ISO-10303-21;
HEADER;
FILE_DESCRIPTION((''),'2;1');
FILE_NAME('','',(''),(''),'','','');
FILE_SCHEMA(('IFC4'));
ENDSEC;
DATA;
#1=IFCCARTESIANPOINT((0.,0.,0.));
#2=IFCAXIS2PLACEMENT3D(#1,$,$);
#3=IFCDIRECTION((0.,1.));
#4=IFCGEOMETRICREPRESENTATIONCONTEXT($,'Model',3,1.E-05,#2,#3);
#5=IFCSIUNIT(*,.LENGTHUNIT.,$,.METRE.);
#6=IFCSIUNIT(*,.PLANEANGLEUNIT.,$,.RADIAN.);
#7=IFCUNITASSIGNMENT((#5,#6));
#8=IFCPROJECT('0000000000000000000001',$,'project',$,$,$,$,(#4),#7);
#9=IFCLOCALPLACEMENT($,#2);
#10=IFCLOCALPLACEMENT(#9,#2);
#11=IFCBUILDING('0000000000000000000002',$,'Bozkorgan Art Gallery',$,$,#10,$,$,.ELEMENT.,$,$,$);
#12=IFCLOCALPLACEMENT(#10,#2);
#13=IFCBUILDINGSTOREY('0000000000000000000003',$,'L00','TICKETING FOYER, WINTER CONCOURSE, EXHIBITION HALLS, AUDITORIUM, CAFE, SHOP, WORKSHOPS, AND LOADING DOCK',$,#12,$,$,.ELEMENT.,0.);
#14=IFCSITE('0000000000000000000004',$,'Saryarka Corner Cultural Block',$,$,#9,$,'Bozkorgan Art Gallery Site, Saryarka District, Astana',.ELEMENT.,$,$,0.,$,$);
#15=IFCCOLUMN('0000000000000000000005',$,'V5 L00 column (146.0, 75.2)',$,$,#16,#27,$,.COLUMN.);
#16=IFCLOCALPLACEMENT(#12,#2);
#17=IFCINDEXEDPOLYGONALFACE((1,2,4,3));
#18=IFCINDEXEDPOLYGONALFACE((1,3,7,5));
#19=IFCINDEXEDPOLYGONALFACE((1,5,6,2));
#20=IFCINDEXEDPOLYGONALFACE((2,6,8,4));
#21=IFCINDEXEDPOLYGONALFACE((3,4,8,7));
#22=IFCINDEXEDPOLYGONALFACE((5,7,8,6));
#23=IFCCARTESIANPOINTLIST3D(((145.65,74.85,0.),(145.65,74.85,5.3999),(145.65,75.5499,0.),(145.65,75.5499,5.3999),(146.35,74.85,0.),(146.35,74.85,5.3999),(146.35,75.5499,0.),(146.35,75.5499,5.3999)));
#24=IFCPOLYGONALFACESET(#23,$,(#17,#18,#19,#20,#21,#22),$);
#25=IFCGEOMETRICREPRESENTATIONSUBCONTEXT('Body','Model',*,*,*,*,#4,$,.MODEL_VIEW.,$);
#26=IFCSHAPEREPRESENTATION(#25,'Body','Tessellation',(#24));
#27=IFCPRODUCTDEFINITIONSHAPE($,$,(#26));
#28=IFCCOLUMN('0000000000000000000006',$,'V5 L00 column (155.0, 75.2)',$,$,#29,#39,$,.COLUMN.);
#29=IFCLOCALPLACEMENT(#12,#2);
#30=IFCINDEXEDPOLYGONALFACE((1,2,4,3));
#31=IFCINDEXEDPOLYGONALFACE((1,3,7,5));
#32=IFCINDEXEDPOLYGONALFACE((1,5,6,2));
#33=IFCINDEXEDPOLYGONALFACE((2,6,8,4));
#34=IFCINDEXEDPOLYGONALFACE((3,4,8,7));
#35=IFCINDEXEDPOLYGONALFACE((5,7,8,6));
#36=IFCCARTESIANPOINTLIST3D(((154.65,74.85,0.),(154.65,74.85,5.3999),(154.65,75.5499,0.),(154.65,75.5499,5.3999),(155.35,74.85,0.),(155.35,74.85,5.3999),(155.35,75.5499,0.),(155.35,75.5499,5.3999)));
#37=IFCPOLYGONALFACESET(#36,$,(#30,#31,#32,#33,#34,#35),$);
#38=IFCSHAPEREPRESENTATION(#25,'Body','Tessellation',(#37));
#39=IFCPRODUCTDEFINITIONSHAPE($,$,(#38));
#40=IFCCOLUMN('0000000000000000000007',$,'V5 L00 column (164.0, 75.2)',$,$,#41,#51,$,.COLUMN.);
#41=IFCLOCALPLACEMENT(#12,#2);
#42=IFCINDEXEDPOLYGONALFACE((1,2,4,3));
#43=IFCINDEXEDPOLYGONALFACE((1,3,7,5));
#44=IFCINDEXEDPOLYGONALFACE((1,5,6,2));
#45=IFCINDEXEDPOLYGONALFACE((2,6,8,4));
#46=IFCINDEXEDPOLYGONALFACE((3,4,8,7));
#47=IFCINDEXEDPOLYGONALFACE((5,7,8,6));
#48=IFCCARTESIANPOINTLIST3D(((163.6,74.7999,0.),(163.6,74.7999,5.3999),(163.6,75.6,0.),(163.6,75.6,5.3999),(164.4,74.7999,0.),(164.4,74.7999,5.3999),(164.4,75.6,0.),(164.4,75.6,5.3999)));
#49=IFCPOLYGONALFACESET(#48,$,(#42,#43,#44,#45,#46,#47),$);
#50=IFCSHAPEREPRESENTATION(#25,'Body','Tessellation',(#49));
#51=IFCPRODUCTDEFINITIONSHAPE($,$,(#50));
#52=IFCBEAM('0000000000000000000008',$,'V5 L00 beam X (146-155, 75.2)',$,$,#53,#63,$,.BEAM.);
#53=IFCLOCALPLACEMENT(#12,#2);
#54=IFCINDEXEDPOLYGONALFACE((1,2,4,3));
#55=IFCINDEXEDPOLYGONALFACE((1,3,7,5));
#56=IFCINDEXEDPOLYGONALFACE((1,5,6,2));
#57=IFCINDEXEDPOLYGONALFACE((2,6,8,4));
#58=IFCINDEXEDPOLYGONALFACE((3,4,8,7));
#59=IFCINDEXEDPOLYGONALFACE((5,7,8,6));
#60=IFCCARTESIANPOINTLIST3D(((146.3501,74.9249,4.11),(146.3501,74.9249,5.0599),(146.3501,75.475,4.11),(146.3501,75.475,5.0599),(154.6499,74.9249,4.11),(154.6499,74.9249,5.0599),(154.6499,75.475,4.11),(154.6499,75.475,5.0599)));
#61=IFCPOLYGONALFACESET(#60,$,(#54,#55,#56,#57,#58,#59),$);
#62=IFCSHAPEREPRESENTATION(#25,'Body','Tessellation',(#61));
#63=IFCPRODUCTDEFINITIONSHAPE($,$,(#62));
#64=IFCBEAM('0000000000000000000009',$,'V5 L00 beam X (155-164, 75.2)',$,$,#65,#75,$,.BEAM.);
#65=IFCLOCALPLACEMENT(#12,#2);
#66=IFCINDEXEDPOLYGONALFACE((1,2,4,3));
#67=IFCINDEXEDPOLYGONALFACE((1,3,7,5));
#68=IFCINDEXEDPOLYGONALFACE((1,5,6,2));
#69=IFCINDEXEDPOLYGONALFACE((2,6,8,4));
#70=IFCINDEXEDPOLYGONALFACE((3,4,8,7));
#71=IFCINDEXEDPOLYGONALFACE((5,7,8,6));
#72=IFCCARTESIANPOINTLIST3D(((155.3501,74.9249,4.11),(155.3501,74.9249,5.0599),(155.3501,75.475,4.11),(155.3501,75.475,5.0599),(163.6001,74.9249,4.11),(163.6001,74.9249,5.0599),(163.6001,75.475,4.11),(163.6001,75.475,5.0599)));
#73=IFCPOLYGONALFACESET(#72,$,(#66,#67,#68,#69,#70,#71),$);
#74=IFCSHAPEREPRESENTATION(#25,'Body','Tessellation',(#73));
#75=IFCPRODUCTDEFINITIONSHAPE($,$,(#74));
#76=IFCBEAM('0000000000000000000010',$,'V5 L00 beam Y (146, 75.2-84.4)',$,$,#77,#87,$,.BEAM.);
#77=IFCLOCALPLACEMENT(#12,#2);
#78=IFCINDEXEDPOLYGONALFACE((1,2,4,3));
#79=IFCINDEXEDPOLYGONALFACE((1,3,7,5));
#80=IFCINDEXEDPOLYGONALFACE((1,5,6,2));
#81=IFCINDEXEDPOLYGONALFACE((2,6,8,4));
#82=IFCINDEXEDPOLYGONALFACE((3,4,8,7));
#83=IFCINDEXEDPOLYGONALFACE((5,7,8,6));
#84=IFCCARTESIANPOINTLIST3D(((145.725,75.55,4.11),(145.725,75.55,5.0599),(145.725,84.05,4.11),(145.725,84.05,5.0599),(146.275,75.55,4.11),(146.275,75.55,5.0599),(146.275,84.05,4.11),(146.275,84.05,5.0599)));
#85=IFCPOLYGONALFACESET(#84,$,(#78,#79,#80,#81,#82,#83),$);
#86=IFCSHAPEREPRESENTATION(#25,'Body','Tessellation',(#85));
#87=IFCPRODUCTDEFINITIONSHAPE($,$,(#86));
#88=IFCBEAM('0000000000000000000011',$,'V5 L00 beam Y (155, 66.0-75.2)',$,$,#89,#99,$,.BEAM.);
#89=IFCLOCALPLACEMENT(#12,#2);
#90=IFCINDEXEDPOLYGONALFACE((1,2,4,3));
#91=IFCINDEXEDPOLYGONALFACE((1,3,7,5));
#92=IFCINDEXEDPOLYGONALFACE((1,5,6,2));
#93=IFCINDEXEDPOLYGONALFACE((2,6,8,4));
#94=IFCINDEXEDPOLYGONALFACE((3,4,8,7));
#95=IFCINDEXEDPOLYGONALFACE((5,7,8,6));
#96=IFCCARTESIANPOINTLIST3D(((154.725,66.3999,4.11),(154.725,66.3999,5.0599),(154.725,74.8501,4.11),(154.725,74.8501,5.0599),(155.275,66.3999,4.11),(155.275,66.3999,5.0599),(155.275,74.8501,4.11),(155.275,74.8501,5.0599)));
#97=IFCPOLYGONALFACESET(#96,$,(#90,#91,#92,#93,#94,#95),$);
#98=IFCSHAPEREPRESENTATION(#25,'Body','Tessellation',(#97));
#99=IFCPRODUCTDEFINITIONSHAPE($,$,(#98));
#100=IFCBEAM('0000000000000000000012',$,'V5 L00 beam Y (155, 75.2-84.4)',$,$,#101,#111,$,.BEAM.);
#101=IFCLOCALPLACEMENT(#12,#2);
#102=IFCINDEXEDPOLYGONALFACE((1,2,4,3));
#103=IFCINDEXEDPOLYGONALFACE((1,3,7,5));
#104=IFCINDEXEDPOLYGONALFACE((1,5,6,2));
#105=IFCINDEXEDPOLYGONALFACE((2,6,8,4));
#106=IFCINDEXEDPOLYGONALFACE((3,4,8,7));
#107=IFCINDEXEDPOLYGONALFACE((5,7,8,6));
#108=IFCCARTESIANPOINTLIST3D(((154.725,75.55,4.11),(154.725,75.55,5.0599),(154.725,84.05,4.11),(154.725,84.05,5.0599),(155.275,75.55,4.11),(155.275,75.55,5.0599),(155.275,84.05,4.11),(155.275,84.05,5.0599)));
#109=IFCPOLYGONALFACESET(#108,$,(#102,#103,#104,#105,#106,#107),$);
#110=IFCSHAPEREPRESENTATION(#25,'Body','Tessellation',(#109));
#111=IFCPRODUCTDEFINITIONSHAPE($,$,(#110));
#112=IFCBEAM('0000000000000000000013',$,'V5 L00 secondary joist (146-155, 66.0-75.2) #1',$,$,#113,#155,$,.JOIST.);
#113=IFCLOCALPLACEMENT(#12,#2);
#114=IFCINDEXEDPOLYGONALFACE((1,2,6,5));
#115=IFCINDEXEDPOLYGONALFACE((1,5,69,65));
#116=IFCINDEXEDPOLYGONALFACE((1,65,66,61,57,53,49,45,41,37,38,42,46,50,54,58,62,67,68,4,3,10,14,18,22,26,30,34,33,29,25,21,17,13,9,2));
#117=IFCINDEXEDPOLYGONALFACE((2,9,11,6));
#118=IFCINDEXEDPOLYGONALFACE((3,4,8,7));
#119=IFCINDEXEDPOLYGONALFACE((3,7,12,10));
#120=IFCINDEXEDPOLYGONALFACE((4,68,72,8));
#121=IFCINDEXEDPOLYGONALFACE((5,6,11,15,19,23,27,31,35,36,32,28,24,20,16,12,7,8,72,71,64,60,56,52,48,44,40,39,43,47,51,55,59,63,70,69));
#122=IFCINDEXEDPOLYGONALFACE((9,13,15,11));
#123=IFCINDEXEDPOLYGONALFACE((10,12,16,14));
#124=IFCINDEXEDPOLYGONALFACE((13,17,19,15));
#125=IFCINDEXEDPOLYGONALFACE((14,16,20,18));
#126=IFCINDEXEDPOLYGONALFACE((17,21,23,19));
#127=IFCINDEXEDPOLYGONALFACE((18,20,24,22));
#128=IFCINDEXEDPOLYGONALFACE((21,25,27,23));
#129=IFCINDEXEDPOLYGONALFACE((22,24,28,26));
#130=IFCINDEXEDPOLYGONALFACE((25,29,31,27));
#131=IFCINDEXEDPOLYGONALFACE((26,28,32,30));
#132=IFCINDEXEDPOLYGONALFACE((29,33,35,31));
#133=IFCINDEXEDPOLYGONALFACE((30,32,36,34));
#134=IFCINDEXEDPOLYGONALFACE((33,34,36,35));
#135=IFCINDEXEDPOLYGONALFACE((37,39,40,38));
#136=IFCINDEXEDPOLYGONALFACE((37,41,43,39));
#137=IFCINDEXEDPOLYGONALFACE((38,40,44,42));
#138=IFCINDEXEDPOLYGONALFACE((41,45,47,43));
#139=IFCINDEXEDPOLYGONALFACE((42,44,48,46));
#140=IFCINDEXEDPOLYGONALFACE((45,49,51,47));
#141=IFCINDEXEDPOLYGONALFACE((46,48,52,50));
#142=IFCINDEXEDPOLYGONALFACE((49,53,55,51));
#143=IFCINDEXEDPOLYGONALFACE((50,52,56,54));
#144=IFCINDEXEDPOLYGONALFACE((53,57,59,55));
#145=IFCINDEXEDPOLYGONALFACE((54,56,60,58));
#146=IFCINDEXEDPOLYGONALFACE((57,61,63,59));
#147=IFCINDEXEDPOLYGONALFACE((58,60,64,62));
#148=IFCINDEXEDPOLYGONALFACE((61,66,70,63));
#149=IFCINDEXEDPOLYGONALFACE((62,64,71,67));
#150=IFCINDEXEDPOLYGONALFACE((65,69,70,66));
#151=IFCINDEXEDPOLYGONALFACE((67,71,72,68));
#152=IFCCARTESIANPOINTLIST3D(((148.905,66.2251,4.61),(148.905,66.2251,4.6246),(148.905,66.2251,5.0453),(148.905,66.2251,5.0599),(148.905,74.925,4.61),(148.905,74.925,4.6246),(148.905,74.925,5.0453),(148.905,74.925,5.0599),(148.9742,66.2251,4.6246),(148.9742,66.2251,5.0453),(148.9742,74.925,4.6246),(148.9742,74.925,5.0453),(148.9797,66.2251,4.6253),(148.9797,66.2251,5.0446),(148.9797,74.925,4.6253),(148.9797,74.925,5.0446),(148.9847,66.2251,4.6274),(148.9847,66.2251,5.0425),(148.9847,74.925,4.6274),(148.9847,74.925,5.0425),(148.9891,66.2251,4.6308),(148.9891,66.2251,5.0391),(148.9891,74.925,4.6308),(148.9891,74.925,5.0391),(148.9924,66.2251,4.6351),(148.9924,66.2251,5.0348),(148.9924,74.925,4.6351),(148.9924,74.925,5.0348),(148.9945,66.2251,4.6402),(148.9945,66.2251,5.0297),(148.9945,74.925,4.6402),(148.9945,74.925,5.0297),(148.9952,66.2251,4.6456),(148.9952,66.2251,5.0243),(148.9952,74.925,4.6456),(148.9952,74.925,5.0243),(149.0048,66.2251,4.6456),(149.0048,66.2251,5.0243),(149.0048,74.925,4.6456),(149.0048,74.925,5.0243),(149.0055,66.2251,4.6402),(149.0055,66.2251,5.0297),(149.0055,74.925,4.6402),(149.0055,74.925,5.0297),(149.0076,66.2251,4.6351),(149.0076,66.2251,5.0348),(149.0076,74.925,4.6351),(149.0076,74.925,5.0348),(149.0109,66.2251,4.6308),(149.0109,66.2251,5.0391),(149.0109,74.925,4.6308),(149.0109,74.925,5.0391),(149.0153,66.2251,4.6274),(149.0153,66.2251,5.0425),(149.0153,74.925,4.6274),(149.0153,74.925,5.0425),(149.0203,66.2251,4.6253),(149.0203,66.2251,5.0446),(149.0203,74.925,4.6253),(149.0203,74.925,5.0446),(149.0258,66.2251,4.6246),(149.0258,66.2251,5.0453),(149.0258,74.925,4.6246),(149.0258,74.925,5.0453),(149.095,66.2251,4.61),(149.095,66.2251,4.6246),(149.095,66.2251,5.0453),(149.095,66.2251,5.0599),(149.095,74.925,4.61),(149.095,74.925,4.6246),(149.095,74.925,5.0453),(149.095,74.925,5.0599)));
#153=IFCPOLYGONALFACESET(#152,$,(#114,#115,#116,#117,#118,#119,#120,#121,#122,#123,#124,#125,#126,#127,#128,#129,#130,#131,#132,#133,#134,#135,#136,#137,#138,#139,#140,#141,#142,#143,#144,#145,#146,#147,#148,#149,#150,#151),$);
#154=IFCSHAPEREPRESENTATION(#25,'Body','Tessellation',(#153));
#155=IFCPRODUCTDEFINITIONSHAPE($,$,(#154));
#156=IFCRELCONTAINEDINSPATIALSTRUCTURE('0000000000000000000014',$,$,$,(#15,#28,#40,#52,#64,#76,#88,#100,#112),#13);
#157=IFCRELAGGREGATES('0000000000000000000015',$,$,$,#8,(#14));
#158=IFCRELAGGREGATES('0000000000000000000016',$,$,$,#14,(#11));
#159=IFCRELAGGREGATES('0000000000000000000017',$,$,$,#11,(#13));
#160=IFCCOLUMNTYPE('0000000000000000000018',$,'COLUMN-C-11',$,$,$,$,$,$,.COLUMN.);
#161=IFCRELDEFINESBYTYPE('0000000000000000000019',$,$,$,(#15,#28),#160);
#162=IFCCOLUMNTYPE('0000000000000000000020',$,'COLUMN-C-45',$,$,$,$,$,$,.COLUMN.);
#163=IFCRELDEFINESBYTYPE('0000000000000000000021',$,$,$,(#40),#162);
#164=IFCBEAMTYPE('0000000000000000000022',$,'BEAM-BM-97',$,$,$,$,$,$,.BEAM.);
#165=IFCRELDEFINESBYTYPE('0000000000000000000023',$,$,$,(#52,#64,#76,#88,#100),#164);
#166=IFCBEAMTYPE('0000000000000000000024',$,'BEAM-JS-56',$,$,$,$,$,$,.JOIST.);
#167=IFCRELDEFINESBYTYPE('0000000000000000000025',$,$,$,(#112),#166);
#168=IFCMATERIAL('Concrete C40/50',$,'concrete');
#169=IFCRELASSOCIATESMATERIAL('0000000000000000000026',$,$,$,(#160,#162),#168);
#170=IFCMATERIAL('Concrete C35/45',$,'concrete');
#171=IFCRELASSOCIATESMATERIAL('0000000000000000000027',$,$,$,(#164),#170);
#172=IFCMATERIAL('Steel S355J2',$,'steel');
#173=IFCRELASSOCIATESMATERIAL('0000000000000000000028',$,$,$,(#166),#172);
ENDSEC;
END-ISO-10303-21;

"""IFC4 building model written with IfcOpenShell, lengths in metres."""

from ifc_helpers import new_model, si_unit, direction, frame, origin, origin_2d, place, context, subcontext, project, spatial, rectangle, i_section, extrude, material, material_profile, profile_set, type_object, element, save


model = new_model("IFC4")

# Units and contexts
model_context = context("Model", 3, precision=1e-05, world=origin(), true_north=direction((0.0, 1.0)))
body_context = subcontext(model_context, "Body", "Model", "MODEL_VIEW")
ifc_project = project(units=[si_unit("LENGTHUNIT", "METRE"), si_unit("PLANEANGLEUNIT", "RADIAN")], contexts=[model_context])

# Site, building, storey
site_placement = place(None, origin())
site = spatial("IfcSite", under=ifc_project, at=site_placement, Name="Saryarka Corner Cultural Block", LongName="Bozkorgan Art Gallery Site, Saryarka District, Astana", CompositionType="ELEMENT", RefElevation=0.0)
building_placement = place(site_placement, origin())
building = spatial("IfcBuilding", under=site, at=building_placement, Name="Bozkorgan Art Gallery", CompositionType="ELEMENT")
storey_placement = place(building_placement, origin())
storey = spatial("IfcBuildingStorey", under=building, at=storey_placement, Name="L00", Description="TICKETING FOYER, WINTER CONCOURSE, EXHIBITION HALLS, AUDITORIUM, CAFE, SHOP, WORKSHOPS, AND LOADING DOCK", CompositionType="ELEMENT", Elevation=0.0)

# Columns
ifc_material_1 = material(Name="Concrete C40/50", Category="concrete")
ifc_material_profile_1 = material_profile(ifc_material_1, rectangle(XDim=0.7, YDim=0.7, at=origin_2d()), Name="RC 700x700")
ifc_profile_set_1 = profile_set([ifc_material_profile_1], Name="Concrete C40/50")
column_type_1 = type_object("IfcColumnType", Name="COLUMN-C-11", PredefinedType="COLUMN", material=ifc_profile_set_1)
for number, where, z_axis, x_axis, name in (
    (1, (146.0, 75.2, 0.0), (0.0, 0.0, 1.0), (1.0, 0.0, 0.0), "V5 L00 column (146.0, 75.2)"),
    (2, (155.0, 75.2, 0.0), (0.0, 0.0, 1.0), (1.0, 0.0, 0.0), "V5 L00 column (155.0, 75.2)"),
):
    element("IfcColumn", number, at=place(storey_placement, frame(where, z_axis=z_axis, x_axis=x_axis)), inside=storey, type_object=column_type_1, Name=name, PredefinedType="COLUMN", context=body_context, shape_type="SweptSolid", body=[
        extrude(rectangle(XDim=0.7, YDim=0.7, at=origin_2d()), origin(), (0.0, 0.0, 1.0), 5.3999),
    ])
ifc_material_profile_2 = material_profile(ifc_material_1, rectangle(XDim=0.8, YDim=0.8, at=origin_2d()), Name="RC 800x800")
ifc_profile_set_2 = profile_set([ifc_material_profile_2], Name="Concrete C40/50")
column_type_2 = type_object("IfcColumnType", Name="COLUMN-C-45", PredefinedType="COLUMN", material=ifc_profile_set_2)
column_placement = place(storey_placement, frame((164.0, 75.2, 0.0), z_axis=(0.0, 0.0, 1.0), x_axis=(1.0, 0.0, 0.0)))
element("IfcColumn", 3, at=column_placement, inside=storey, type_object=column_type_2, Name="V5 L00 column (164.0, 75.2)", PredefinedType="COLUMN", context=body_context, shape_type="SweptSolid", body=[
    extrude(rectangle(XDim=0.8, YDim=0.8, at=origin_2d()), origin(), (0.0, 0.0, 1.0), 5.3999),
])

# Beams
ifc_material_2 = material(Name="Concrete C35/45", Category="concrete")
ifc_material_profile_3 = material_profile(ifc_material_2, rectangle(XDim=0.55, YDim=0.95, at=origin_2d()), Name="RC 550x950")
ifc_profile_set_3 = profile_set([ifc_material_profile_3], Name="Concrete C35/45")
beam_type_1 = type_object("IfcBeamType", Name="BEAM-BM-97", PredefinedType="BEAM", material=ifc_profile_set_3)
beam_1_placement = place(storey_placement, frame((146.3501, 75.2, 4.585), z_axis=(1.0, 0.0, 0.0), x_axis=(0.0, 1.0, 0.0)))
element("IfcBeam", 4, at=beam_1_placement, inside=storey, type_object=beam_type_1, Name="V5 L00 beam X (146-155, 75.2)", PredefinedType="BEAM", context=body_context, shape_type="SweptSolid", body=[
    extrude(rectangle(XDim=0.55, YDim=0.95, at=origin_2d()), origin(), (0.0, 0.0, 1.0), 8.2998),
])
beam_2_placement = place(storey_placement, frame((155.3501, 75.2, 4.585), z_axis=(1.0, 0.0, 0.0), x_axis=(0.0, 1.0, 0.0)))
element("IfcBeam", 5, at=beam_2_placement, inside=storey, type_object=beam_type_1, Name="V5 L00 beam X (155-164, 75.2)", PredefinedType="BEAM", context=body_context, shape_type="SweptSolid", body=[
    extrude(rectangle(XDim=0.55, YDim=0.95, at=origin_2d()), origin(), (0.0, 0.0, 1.0), 8.25),
])
beam_3_placement = place(storey_placement, frame((146.0, 75.55, 4.585), z_axis=(0.0, 1.0, 0.0), x_axis=(-1.0, 0.0, 0.0)))
element("IfcBeam", 6, at=beam_3_placement, inside=storey, type_object=beam_type_1, Name="V5 L00 beam Y (146, 75.2-84.4)", PredefinedType="BEAM", context=body_context, shape_type="SweptSolid", body=[
    extrude(rectangle(XDim=0.55, YDim=0.95, at=origin_2d()), origin(), (0.0, 0.0, 1.0), 8.5),
])
beam_4_placement = place(storey_placement, frame((155.0, 66.3999, 4.585), z_axis=(0.0, 1.0, 0.0), x_axis=(-1.0, 0.0, 0.0)))
element("IfcBeam", 7, at=beam_4_placement, inside=storey, type_object=beam_type_1, Name="V5 L00 beam Y (155, 66.0-75.2)", PredefinedType="BEAM", context=body_context, shape_type="SweptSolid", body=[
    extrude(rectangle(XDim=0.55, YDim=0.95, at=origin_2d()), origin(), (0.0, 0.0, 1.0), 8.4502),
])
beam_5_placement = place(storey_placement, frame((155.0, 75.55, 4.585), z_axis=(0.0, 1.0, 0.0), x_axis=(-1.0, 0.0, 0.0)))
element("IfcBeam", 8, at=beam_5_placement, inside=storey, type_object=beam_type_1, Name="V5 L00 beam Y (155, 75.2-84.4)", PredefinedType="BEAM", context=body_context, shape_type="SweptSolid", body=[
    extrude(rectangle(XDim=0.55, YDim=0.95, at=origin_2d()), origin(), (0.0, 0.0, 1.0), 8.5),
])
ifc_material_3 = material(Name="Steel S355J2", Category="steel")
ifc_material_profile_4 = material_profile(ifc_material_3, i_section(OverallWidth=0.1899, OverallDepth=0.45, WebThickness=0.0095, FlangeThickness=0.0146, FilletRadius=0.021, at=origin_2d()), Name="IPE 450")
ifc_profile_set_4 = profile_set([ifc_material_profile_4], Name="Steel S355J2")
beam_type_2 = type_object("IfcBeamType", Name="BEAM-JS-56", PredefinedType="JOIST", material=ifc_profile_set_4)
for number, where, z_axis, x_axis, name in (
    (9, (149.0, 66.2251, 4.835), (0.0, 1.0, 0.0), (-1.0, 0.0, 0.0), "V5 L00 secondary joist (146-155, 66.0-75.2) #1"),
):
    element("IfcBeam", number, at=place(storey_placement, frame(where, z_axis=z_axis, x_axis=x_axis)), inside=storey, type_object=beam_type_2, Name=name, PredefinedType="JOIST", context=body_context, shape_type="SweptSolid", body=[
        extrude(i_section(OverallWidth=0.1899, OverallDepth=0.45, WebThickness=0.0095, FlangeThickness=0.0146, FilletRadius=0.021, at=origin_2d()), origin(), (0.0, 0.0, 1.0), 8.7),
    ])

save(model, "model.ifc")
